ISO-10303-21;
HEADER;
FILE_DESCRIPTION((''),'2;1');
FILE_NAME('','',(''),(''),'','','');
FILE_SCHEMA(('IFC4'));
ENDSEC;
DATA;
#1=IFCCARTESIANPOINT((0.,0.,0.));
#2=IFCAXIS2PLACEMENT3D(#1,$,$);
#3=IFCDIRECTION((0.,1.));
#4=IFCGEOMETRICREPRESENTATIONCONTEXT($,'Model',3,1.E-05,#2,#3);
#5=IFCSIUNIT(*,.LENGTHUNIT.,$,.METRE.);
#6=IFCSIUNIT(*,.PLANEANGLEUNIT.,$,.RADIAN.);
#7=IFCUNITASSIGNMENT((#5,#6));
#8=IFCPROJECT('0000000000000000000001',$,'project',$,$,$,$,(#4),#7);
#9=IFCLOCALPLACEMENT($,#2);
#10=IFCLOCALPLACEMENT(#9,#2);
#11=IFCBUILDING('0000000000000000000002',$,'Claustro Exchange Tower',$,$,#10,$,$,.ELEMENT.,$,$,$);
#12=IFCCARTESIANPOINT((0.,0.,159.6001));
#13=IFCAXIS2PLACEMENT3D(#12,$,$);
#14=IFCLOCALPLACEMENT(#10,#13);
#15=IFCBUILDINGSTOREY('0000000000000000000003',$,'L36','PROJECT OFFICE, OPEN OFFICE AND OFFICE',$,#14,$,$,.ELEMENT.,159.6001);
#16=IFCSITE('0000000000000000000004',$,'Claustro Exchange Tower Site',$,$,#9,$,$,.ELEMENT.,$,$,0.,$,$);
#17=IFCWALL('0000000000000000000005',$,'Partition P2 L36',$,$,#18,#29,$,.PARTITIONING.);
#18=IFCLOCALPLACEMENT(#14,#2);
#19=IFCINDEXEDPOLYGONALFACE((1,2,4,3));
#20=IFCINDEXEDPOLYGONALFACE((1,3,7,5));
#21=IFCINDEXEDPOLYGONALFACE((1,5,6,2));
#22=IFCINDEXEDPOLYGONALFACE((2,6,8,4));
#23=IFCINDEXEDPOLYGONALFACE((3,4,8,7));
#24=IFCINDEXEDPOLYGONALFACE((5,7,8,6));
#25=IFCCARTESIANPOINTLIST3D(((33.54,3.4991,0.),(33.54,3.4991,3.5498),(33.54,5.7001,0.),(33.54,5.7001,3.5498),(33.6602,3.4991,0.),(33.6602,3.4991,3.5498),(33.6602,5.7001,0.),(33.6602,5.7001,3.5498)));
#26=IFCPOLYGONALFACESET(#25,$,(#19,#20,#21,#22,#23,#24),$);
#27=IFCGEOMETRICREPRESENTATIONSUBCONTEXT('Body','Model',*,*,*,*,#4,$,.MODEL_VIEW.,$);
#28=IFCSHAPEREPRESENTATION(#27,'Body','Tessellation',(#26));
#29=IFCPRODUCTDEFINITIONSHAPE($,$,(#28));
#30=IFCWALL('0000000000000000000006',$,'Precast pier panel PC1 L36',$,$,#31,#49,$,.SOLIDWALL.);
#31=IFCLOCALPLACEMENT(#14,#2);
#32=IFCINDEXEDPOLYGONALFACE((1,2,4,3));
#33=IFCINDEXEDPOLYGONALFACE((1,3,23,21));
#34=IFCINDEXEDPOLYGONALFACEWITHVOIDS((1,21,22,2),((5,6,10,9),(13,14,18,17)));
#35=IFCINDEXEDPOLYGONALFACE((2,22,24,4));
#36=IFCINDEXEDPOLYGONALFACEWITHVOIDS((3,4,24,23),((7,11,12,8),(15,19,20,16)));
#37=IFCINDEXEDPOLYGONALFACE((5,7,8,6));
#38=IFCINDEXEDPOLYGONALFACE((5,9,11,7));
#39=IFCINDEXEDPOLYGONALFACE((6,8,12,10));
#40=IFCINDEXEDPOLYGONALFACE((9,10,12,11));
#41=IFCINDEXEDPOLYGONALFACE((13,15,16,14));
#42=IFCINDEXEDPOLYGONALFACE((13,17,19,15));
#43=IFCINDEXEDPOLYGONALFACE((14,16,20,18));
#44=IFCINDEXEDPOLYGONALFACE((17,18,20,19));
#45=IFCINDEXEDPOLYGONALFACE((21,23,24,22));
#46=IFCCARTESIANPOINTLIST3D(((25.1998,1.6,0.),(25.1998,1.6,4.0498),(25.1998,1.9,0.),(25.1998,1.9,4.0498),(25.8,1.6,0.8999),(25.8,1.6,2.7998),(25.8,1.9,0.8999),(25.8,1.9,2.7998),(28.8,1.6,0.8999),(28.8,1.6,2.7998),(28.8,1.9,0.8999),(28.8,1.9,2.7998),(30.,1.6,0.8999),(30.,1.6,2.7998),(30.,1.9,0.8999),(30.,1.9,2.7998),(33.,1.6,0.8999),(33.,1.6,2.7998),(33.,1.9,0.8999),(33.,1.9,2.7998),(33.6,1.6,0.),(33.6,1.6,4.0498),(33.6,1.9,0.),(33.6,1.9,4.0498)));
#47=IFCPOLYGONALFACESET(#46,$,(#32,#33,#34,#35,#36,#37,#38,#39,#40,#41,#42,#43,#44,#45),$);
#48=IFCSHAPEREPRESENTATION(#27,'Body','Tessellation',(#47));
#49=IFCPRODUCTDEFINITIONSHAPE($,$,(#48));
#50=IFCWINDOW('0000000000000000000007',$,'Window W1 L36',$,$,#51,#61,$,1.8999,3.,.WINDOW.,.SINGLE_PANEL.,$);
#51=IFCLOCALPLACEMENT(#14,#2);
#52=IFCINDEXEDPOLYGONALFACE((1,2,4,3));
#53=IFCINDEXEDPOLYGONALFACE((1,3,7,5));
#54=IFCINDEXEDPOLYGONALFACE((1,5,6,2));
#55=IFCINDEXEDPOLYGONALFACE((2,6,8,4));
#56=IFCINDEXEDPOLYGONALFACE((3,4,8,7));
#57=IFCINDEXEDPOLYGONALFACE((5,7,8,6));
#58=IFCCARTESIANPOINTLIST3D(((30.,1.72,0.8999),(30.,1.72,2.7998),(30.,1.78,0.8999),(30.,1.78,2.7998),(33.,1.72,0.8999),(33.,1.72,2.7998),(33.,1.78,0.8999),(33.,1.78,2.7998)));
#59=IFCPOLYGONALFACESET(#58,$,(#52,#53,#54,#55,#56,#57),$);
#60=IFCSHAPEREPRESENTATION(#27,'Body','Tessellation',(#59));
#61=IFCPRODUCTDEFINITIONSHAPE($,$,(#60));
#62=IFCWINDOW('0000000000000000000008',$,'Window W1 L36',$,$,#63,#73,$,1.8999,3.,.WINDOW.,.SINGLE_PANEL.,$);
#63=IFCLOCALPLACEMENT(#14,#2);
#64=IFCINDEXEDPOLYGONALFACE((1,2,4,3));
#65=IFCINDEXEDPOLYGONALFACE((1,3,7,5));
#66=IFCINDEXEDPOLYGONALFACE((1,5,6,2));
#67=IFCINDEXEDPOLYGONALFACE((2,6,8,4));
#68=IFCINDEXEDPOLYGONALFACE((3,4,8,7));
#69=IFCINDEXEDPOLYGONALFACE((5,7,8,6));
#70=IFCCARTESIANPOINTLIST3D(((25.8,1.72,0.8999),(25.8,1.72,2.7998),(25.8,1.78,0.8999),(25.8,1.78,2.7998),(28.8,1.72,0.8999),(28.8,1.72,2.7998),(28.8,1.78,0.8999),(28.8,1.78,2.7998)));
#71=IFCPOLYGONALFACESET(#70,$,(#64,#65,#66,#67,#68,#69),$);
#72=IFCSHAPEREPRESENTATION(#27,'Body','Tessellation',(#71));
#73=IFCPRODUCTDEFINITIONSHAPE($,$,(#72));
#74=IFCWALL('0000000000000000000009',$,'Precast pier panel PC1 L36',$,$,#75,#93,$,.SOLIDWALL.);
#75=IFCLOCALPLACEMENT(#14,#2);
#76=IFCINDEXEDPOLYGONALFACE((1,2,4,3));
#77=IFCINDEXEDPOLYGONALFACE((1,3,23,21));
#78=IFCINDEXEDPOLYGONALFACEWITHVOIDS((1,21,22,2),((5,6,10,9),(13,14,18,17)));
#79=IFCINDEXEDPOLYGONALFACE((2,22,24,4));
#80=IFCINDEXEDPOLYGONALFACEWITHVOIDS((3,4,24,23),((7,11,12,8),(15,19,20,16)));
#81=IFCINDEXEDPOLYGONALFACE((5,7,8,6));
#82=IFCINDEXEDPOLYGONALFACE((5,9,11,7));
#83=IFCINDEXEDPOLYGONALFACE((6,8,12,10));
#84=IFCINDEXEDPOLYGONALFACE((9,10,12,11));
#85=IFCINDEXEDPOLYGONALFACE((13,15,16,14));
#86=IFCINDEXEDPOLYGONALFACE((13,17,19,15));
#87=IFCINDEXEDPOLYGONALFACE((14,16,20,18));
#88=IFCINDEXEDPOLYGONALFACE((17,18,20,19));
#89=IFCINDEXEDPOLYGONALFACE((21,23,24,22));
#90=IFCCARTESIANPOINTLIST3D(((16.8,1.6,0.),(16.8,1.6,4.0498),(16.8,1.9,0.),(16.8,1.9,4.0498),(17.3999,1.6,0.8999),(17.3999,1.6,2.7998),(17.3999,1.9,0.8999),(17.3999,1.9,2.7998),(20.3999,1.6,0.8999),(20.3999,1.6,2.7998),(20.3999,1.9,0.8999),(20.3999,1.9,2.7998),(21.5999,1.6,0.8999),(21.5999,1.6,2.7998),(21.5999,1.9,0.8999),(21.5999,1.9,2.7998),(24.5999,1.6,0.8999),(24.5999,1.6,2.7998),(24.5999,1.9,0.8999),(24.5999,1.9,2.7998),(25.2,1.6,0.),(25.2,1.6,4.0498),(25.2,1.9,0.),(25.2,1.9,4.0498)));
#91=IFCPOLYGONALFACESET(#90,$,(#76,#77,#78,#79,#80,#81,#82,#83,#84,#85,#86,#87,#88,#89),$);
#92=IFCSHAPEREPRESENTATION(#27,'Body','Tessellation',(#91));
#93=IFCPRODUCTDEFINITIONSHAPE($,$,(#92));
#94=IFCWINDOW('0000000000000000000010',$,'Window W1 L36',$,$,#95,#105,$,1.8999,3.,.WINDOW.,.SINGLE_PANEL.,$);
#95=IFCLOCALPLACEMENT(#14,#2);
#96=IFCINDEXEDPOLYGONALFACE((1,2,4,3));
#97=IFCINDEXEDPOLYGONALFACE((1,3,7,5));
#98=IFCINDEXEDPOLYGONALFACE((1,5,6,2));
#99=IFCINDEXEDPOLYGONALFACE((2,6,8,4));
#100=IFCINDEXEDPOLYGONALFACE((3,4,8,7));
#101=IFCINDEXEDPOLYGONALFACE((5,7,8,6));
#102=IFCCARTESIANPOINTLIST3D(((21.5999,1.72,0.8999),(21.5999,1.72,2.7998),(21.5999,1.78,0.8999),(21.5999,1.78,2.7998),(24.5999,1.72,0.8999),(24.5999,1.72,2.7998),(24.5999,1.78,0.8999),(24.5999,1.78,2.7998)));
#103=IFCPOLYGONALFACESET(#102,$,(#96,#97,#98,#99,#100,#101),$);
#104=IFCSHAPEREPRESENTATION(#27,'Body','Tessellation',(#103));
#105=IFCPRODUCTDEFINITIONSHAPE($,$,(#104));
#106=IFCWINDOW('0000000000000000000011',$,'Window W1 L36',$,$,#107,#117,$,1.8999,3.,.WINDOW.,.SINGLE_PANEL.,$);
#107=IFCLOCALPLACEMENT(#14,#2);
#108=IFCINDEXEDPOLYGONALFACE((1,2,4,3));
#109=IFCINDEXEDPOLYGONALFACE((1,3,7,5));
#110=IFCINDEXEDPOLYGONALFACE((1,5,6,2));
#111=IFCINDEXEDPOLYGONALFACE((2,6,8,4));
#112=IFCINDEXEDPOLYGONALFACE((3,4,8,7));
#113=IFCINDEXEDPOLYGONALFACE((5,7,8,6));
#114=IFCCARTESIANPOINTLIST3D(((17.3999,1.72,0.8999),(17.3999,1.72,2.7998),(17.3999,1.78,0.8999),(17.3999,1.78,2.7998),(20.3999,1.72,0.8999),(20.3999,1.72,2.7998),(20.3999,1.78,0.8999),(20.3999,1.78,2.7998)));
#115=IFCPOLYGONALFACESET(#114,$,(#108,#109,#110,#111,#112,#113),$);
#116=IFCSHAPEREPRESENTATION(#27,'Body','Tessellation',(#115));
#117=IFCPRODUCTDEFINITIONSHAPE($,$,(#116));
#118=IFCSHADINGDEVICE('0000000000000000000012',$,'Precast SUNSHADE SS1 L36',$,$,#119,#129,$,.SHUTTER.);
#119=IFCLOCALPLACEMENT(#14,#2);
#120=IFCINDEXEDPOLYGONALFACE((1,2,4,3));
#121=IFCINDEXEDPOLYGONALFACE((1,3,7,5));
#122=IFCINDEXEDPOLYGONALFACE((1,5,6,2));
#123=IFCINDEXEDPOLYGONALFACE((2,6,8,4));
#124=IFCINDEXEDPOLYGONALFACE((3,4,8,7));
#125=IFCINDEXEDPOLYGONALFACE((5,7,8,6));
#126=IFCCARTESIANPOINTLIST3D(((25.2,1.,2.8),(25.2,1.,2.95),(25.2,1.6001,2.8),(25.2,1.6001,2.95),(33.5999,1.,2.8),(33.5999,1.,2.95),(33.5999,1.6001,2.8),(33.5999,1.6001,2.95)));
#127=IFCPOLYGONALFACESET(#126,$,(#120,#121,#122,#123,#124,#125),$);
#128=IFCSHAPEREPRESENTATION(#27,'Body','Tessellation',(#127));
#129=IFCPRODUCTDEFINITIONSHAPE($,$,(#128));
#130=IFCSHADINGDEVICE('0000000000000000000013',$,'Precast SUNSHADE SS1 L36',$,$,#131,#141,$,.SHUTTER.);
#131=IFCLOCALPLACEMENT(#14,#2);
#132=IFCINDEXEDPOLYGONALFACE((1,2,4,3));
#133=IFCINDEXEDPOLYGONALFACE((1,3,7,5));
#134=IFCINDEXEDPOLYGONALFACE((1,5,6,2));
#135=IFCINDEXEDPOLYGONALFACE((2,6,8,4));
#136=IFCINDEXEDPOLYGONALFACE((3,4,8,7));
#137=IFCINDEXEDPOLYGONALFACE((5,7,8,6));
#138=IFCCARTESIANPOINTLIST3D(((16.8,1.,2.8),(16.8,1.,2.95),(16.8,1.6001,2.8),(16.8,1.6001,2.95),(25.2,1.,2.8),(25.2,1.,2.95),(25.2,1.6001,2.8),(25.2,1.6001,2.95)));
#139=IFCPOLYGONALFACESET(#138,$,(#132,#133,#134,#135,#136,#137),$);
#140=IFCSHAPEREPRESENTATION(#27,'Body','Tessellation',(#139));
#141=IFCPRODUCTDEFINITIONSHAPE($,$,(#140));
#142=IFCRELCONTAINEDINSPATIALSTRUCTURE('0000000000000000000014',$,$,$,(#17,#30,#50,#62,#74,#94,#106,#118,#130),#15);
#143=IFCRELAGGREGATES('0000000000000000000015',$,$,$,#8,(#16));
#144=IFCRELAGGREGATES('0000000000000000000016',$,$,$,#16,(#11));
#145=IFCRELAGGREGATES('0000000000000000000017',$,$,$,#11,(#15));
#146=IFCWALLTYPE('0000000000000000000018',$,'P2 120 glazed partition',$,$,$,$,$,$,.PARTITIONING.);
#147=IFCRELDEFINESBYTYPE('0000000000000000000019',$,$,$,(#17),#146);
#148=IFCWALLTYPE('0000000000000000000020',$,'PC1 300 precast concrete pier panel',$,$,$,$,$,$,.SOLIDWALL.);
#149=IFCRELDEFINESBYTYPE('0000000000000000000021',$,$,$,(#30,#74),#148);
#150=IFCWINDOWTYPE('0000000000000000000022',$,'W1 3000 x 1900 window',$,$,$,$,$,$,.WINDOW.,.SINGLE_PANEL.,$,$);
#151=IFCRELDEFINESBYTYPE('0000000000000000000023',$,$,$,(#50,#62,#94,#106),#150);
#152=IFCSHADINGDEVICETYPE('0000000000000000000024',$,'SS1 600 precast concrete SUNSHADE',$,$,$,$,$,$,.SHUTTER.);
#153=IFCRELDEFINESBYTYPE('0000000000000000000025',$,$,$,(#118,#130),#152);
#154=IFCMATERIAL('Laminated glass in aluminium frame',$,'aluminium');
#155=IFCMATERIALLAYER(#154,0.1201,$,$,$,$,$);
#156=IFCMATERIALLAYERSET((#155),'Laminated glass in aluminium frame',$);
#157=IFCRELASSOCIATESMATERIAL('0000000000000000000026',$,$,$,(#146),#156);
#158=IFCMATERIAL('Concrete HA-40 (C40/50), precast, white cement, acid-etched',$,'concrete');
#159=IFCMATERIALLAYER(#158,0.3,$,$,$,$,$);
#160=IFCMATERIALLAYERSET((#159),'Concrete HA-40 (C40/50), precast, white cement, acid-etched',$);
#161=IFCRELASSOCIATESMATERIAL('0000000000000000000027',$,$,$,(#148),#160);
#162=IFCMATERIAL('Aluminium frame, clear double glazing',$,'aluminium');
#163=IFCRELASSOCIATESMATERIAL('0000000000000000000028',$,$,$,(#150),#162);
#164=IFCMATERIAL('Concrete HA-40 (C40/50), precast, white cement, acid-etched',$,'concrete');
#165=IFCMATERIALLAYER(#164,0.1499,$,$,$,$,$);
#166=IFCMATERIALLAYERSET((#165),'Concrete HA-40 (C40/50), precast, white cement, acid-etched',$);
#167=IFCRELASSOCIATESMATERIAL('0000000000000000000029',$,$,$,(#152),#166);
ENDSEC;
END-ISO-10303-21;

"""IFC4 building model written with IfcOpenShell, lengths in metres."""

from ifc_helpers import new_model, si_unit, direction, frame, frame_2d, origin, origin_2d, place, context, subcontext, project, spatial, rectangle, extrude, material, layer, layer_set, type_object, element, fill, save


model = new_model("IFC4")

# Units and contexts
model_context = context("Model", 3, precision=1e-05, world=origin(), true_north=direction((0.0, 1.0)))
body_context = subcontext(model_context, "Body", "Model", "MODEL_VIEW")
ifc_project = project(units=[si_unit("LENGTHUNIT", "METRE"), si_unit("PLANEANGLEUNIT", "RADIAN")], contexts=[model_context])

# Site, building, storey
site_placement = place(None, origin())
site = spatial("IfcSite", under=ifc_project, at=site_placement, Name="Claustro Exchange Tower Site", CompositionType="ELEMENT", RefElevation=0.0)
building_placement = place(site_placement, origin())
building = spatial("IfcBuilding", under=site, at=building_placement, Name="Claustro Exchange Tower", CompositionType="ELEMENT")
storey_placement = place(building_placement, frame((0.0, 0.0, 159.6001)))
storey = spatial("IfcBuildingStorey", under=building, at=storey_placement, Name="L36", Description="PROJECT OFFICE, OPEN OFFICE AND OFFICE", CompositionType="ELEMENT", Elevation=159.6001)

# Wall
ifc_material_1 = material(Name="Laminated glass in aluminium frame", Category="aluminium")
ifc_layer_1 = layer(ifc_material_1, 0.1201)
ifc_layer_set_1 = layer_set([ifc_layer_1], Name="Laminated glass in aluminium frame")
wall_type_1 = type_object("IfcWallType", Name="P2 120 glazed partition", PredefinedType="PARTITIONING", material=ifc_layer_set_1)
wall_1_placement = place(storey_placement, frame((33.6001, 3.499, 0.0), z_axis=(0.0, 0.0, 1.0), x_axis=(0.0, 1.0, 0.0)))
element("IfcWall", 1, at=wall_1_placement, inside=storey, type_object=wall_type_1, Name="Partition P2 L36", PredefinedType="PARTITIONING", context=body_context, shape_type="SweptSolid", body=[
    extrude(rectangle(XDim=2.2009, YDim=0.1201, at=frame_2d((1.1006, 0.0))), origin(), (0.0, 0.0, 1.0), 3.5498),
])

# Walls, openings, windows
ifc_material_2 = material(Name="Concrete HA-40 (C40/50), precast, white cement, acid-etched", Category="concrete")
ifc_layer_2 = layer(ifc_material_2, 0.3)
ifc_layer_set_2 = layer_set([ifc_layer_2], Name="Concrete HA-40 (C40/50), precast, white cement, acid-etched")
wall_type_2 = type_object("IfcWallType", Name="PC1 300 precast concrete pier panel", PredefinedType="SOLIDWALL", material=ifc_layer_set_2)
wall_2_placement = place(storey_placement, frame((33.6001, 1.75, 0.0), z_axis=(0.0, 0.0, 1.0), x_axis=(-1.0, 0.0, 0.0)))
wall_2 = element("IfcWall", 2, at=wall_2_placement, inside=storey, type_object=wall_type_2, Name="Precast pier panel PC1 L36", PredefinedType="SOLIDWALL", context=body_context, shape_type="SweptSolid", body=[
    extrude(rectangle(XDim=8.4001, YDim=0.3, at=frame_2d((4.2002, 0.0))), origin(), (0.0, 0.0, 1.0), 4.0498),
])
opening_1_placement = place(wall_2_placement, frame((0.6001, 0.0, 0.8999)))
opening_1 = element("IfcOpeningElement", 3, at=opening_1_placement, cuts=wall_2, PredefinedType="OPENING", context=body_context, shape_type="SweptSolid", body=[
    extrude(rectangle(XDim=3.0, YDim=1.8999, at=frame_2d((1.5, 0.95))), frame((0.0, 0.1599, 0.0), z_axis=(0.0, -1.0, 0.0), x_axis=(1.0, 0.0, 0.0)), (0.0, 0.0, 1.0), 0.3201),
])
opening_2_placement = place(wall_2_placement, frame((4.8, 0.0, 0.8999)))
opening_2 = element("IfcOpeningElement", 4, at=opening_2_placement, cuts=wall_2, PredefinedType="OPENING", context=body_context, shape_type="SweptSolid", body=[
    extrude(rectangle(XDim=3.0, YDim=1.8999, at=frame_2d((1.5, 0.95))), frame((0.0, 0.1599, 0.0), z_axis=(0.0, -1.0, 0.0), x_axis=(1.0, 0.0, 0.0)), (0.0, 0.0, 1.0), 0.3201),
])
ifc_material_3 = material(Name="Aluminium frame, clear double glazing", Category="aluminium")
window_type = type_object("IfcWindowType", Name="W1 3000 x 1900 window", PartitioningType="SINGLE_PANEL", PredefinedType="WINDOW", material=ifc_material_3)
window_1_placement = place(opening_1_placement, origin())
window_1 = element("IfcWindow", 5, at=window_1_placement, inside=storey, type_object=window_type, Name="Window W1 L36", OverallHeight=1.8999, OverallWidth=3.0, PartitioningType="SINGLE_PANEL", PredefinedType="WINDOW", context=body_context, shape_type="SweptSolid", body=[
    extrude(rectangle(XDim=3.0, YDim=1.8999, at=frame_2d((1.5, 0.95))), frame((0.0, 0.03, 0.0), z_axis=(0.0, -1.0, 0.0), x_axis=(1.0, 0.0, 0.0)), (0.0, 0.0, 1.0), 0.0601),
])
fill(opening_1, window_1)
window_2_placement = place(opening_2_placement, origin())
window_2 = element("IfcWindow", 6, at=window_2_placement, inside=storey, type_object=window_type, Name="Window W1 L36", OverallHeight=1.8999, OverallWidth=3.0, PartitioningType="SINGLE_PANEL", PredefinedType="WINDOW", context=body_context, shape_type="SweptSolid", body=[
    extrude(rectangle(XDim=3.0, YDim=1.8999, at=frame_2d((1.5, 0.95))), frame((0.0, 0.03, 0.0), z_axis=(0.0, -1.0, 0.0), x_axis=(1.0, 0.0, 0.0)), (0.0, 0.0, 1.0), 0.0601),
])
fill(opening_2, window_2)
wall_3_placement = place(storey_placement, frame((25.2, 1.75, 0.0), z_axis=(0.0, 0.0, 1.0), x_axis=(-1.0, 0.0, 0.0)))
wall_3 = element("IfcWall", 7, at=wall_3_placement, inside=storey, type_object=wall_type_2, Name="Precast pier panel PC1 L36", PredefinedType="SOLIDWALL", context=body_context, shape_type="SweptSolid", body=[
    extrude(rectangle(XDim=8.3999, YDim=0.3, at=frame_2d((4.2, 0.0))), origin(), (0.0, 0.0, 1.0), 4.0498),
])
opening_3_placement = place(wall_3_placement, frame((0.6001, 0.0, 0.8999)))
opening_3 = element("IfcOpeningElement", 8, at=opening_3_placement, cuts=wall_3, PredefinedType="OPENING", context=body_context, shape_type="SweptSolid", body=[
    extrude(rectangle(XDim=3.0, YDim=1.8999, at=frame_2d((1.5, 0.95))), frame((0.0, 0.1599, 0.0), z_axis=(0.0, -1.0, 0.0), x_axis=(1.0, 0.0, 0.0)), (0.0, 0.0, 1.0), 0.3201),
])
opening_4_placement = place(wall_3_placement, frame((4.8, 0.0, 0.8999)))
opening_4 = element("IfcOpeningElement", 9, at=opening_4_placement, cuts=wall_3, PredefinedType="OPENING", context=body_context, shape_type="SweptSolid", body=[
    extrude(rectangle(XDim=3.0, YDim=1.8999, at=frame_2d((1.5, 0.95))), frame((0.0, 0.1599, 0.0), z_axis=(0.0, -1.0, 0.0), x_axis=(1.0, 0.0, 0.0)), (0.0, 0.0, 1.0), 0.3201),
])
window_3_placement = place(opening_3_placement, origin())
window_3 = element("IfcWindow", 10, at=window_3_placement, inside=storey, type_object=window_type, Name="Window W1 L36", OverallHeight=1.8999, OverallWidth=3.0, PartitioningType="SINGLE_PANEL", PredefinedType="WINDOW", context=body_context, shape_type="SweptSolid", body=[
    extrude(rectangle(XDim=3.0, YDim=1.8999, at=frame_2d((1.5, 0.95))), frame((0.0, 0.03, 0.0), z_axis=(0.0, -1.0, 0.0), x_axis=(1.0, 0.0, 0.0)), (0.0, 0.0, 1.0), 0.0601),
])
fill(opening_3, window_3)
window_4_placement = place(opening_4_placement, origin())
window_4 = element("IfcWindow", 11, at=window_4_placement, inside=storey, type_object=window_type, Name="Window W1 L36", OverallHeight=1.8999, OverallWidth=3.0, PartitioningType="SINGLE_PANEL", PredefinedType="WINDOW", context=body_context, shape_type="SweptSolid", body=[
    extrude(rectangle(XDim=3.0, YDim=1.8999, at=frame_2d((1.5, 0.95))), frame((0.0, 0.03, 0.0), z_axis=(0.0, -1.0, 0.0), x_axis=(1.0, 0.0, 0.0)), (0.0, 0.0, 1.0), 0.0601),
])
fill(opening_4, window_4)

# Shading devices
ifc_material_4 = material(Name="Concrete HA-40 (C40/50), precast, white cement, acid-etched", Category="concrete")
ifc_layer_3 = layer(ifc_material_4, 0.1499)
ifc_layer_set_3 = layer_set([ifc_layer_3], Name="Concrete HA-40 (C40/50), precast, white cement, acid-etched")
shading_device_type = type_object("IfcShadingDeviceType", Name="SS1 600 precast concrete SUNSHADE", PredefinedType="SHUTTER", material=ifc_layer_set_3)
for number, where, z_axis, x_axis, name in (
    (12, (29.3999, 1.3, 2.8), (0.0, 0.0, 1.0), (-1.0, 0.0, 0.0), "Precast SUNSHADE SS1 L36"),
    (13, (21.0, 1.3, 2.8), (0.0, 0.0, 1.0), (-1.0, 0.0, 0.0), "Precast SUNSHADE SS1 L36"),
):
    element("IfcShadingDevice", number, at=place(storey_placement, frame(where, z_axis=z_axis, x_axis=x_axis)), inside=storey, type_object=shading_device_type, Name=name, PredefinedType="SHUTTER", context=body_context, shape_type="SweptSolid", body=[
        extrude(rectangle(XDim=8.3999, YDim=0.6001, at=origin_2d()), origin(), (0.0, 0.0, 1.0), 0.1499),
    ])

save(model, "model.ifc")
